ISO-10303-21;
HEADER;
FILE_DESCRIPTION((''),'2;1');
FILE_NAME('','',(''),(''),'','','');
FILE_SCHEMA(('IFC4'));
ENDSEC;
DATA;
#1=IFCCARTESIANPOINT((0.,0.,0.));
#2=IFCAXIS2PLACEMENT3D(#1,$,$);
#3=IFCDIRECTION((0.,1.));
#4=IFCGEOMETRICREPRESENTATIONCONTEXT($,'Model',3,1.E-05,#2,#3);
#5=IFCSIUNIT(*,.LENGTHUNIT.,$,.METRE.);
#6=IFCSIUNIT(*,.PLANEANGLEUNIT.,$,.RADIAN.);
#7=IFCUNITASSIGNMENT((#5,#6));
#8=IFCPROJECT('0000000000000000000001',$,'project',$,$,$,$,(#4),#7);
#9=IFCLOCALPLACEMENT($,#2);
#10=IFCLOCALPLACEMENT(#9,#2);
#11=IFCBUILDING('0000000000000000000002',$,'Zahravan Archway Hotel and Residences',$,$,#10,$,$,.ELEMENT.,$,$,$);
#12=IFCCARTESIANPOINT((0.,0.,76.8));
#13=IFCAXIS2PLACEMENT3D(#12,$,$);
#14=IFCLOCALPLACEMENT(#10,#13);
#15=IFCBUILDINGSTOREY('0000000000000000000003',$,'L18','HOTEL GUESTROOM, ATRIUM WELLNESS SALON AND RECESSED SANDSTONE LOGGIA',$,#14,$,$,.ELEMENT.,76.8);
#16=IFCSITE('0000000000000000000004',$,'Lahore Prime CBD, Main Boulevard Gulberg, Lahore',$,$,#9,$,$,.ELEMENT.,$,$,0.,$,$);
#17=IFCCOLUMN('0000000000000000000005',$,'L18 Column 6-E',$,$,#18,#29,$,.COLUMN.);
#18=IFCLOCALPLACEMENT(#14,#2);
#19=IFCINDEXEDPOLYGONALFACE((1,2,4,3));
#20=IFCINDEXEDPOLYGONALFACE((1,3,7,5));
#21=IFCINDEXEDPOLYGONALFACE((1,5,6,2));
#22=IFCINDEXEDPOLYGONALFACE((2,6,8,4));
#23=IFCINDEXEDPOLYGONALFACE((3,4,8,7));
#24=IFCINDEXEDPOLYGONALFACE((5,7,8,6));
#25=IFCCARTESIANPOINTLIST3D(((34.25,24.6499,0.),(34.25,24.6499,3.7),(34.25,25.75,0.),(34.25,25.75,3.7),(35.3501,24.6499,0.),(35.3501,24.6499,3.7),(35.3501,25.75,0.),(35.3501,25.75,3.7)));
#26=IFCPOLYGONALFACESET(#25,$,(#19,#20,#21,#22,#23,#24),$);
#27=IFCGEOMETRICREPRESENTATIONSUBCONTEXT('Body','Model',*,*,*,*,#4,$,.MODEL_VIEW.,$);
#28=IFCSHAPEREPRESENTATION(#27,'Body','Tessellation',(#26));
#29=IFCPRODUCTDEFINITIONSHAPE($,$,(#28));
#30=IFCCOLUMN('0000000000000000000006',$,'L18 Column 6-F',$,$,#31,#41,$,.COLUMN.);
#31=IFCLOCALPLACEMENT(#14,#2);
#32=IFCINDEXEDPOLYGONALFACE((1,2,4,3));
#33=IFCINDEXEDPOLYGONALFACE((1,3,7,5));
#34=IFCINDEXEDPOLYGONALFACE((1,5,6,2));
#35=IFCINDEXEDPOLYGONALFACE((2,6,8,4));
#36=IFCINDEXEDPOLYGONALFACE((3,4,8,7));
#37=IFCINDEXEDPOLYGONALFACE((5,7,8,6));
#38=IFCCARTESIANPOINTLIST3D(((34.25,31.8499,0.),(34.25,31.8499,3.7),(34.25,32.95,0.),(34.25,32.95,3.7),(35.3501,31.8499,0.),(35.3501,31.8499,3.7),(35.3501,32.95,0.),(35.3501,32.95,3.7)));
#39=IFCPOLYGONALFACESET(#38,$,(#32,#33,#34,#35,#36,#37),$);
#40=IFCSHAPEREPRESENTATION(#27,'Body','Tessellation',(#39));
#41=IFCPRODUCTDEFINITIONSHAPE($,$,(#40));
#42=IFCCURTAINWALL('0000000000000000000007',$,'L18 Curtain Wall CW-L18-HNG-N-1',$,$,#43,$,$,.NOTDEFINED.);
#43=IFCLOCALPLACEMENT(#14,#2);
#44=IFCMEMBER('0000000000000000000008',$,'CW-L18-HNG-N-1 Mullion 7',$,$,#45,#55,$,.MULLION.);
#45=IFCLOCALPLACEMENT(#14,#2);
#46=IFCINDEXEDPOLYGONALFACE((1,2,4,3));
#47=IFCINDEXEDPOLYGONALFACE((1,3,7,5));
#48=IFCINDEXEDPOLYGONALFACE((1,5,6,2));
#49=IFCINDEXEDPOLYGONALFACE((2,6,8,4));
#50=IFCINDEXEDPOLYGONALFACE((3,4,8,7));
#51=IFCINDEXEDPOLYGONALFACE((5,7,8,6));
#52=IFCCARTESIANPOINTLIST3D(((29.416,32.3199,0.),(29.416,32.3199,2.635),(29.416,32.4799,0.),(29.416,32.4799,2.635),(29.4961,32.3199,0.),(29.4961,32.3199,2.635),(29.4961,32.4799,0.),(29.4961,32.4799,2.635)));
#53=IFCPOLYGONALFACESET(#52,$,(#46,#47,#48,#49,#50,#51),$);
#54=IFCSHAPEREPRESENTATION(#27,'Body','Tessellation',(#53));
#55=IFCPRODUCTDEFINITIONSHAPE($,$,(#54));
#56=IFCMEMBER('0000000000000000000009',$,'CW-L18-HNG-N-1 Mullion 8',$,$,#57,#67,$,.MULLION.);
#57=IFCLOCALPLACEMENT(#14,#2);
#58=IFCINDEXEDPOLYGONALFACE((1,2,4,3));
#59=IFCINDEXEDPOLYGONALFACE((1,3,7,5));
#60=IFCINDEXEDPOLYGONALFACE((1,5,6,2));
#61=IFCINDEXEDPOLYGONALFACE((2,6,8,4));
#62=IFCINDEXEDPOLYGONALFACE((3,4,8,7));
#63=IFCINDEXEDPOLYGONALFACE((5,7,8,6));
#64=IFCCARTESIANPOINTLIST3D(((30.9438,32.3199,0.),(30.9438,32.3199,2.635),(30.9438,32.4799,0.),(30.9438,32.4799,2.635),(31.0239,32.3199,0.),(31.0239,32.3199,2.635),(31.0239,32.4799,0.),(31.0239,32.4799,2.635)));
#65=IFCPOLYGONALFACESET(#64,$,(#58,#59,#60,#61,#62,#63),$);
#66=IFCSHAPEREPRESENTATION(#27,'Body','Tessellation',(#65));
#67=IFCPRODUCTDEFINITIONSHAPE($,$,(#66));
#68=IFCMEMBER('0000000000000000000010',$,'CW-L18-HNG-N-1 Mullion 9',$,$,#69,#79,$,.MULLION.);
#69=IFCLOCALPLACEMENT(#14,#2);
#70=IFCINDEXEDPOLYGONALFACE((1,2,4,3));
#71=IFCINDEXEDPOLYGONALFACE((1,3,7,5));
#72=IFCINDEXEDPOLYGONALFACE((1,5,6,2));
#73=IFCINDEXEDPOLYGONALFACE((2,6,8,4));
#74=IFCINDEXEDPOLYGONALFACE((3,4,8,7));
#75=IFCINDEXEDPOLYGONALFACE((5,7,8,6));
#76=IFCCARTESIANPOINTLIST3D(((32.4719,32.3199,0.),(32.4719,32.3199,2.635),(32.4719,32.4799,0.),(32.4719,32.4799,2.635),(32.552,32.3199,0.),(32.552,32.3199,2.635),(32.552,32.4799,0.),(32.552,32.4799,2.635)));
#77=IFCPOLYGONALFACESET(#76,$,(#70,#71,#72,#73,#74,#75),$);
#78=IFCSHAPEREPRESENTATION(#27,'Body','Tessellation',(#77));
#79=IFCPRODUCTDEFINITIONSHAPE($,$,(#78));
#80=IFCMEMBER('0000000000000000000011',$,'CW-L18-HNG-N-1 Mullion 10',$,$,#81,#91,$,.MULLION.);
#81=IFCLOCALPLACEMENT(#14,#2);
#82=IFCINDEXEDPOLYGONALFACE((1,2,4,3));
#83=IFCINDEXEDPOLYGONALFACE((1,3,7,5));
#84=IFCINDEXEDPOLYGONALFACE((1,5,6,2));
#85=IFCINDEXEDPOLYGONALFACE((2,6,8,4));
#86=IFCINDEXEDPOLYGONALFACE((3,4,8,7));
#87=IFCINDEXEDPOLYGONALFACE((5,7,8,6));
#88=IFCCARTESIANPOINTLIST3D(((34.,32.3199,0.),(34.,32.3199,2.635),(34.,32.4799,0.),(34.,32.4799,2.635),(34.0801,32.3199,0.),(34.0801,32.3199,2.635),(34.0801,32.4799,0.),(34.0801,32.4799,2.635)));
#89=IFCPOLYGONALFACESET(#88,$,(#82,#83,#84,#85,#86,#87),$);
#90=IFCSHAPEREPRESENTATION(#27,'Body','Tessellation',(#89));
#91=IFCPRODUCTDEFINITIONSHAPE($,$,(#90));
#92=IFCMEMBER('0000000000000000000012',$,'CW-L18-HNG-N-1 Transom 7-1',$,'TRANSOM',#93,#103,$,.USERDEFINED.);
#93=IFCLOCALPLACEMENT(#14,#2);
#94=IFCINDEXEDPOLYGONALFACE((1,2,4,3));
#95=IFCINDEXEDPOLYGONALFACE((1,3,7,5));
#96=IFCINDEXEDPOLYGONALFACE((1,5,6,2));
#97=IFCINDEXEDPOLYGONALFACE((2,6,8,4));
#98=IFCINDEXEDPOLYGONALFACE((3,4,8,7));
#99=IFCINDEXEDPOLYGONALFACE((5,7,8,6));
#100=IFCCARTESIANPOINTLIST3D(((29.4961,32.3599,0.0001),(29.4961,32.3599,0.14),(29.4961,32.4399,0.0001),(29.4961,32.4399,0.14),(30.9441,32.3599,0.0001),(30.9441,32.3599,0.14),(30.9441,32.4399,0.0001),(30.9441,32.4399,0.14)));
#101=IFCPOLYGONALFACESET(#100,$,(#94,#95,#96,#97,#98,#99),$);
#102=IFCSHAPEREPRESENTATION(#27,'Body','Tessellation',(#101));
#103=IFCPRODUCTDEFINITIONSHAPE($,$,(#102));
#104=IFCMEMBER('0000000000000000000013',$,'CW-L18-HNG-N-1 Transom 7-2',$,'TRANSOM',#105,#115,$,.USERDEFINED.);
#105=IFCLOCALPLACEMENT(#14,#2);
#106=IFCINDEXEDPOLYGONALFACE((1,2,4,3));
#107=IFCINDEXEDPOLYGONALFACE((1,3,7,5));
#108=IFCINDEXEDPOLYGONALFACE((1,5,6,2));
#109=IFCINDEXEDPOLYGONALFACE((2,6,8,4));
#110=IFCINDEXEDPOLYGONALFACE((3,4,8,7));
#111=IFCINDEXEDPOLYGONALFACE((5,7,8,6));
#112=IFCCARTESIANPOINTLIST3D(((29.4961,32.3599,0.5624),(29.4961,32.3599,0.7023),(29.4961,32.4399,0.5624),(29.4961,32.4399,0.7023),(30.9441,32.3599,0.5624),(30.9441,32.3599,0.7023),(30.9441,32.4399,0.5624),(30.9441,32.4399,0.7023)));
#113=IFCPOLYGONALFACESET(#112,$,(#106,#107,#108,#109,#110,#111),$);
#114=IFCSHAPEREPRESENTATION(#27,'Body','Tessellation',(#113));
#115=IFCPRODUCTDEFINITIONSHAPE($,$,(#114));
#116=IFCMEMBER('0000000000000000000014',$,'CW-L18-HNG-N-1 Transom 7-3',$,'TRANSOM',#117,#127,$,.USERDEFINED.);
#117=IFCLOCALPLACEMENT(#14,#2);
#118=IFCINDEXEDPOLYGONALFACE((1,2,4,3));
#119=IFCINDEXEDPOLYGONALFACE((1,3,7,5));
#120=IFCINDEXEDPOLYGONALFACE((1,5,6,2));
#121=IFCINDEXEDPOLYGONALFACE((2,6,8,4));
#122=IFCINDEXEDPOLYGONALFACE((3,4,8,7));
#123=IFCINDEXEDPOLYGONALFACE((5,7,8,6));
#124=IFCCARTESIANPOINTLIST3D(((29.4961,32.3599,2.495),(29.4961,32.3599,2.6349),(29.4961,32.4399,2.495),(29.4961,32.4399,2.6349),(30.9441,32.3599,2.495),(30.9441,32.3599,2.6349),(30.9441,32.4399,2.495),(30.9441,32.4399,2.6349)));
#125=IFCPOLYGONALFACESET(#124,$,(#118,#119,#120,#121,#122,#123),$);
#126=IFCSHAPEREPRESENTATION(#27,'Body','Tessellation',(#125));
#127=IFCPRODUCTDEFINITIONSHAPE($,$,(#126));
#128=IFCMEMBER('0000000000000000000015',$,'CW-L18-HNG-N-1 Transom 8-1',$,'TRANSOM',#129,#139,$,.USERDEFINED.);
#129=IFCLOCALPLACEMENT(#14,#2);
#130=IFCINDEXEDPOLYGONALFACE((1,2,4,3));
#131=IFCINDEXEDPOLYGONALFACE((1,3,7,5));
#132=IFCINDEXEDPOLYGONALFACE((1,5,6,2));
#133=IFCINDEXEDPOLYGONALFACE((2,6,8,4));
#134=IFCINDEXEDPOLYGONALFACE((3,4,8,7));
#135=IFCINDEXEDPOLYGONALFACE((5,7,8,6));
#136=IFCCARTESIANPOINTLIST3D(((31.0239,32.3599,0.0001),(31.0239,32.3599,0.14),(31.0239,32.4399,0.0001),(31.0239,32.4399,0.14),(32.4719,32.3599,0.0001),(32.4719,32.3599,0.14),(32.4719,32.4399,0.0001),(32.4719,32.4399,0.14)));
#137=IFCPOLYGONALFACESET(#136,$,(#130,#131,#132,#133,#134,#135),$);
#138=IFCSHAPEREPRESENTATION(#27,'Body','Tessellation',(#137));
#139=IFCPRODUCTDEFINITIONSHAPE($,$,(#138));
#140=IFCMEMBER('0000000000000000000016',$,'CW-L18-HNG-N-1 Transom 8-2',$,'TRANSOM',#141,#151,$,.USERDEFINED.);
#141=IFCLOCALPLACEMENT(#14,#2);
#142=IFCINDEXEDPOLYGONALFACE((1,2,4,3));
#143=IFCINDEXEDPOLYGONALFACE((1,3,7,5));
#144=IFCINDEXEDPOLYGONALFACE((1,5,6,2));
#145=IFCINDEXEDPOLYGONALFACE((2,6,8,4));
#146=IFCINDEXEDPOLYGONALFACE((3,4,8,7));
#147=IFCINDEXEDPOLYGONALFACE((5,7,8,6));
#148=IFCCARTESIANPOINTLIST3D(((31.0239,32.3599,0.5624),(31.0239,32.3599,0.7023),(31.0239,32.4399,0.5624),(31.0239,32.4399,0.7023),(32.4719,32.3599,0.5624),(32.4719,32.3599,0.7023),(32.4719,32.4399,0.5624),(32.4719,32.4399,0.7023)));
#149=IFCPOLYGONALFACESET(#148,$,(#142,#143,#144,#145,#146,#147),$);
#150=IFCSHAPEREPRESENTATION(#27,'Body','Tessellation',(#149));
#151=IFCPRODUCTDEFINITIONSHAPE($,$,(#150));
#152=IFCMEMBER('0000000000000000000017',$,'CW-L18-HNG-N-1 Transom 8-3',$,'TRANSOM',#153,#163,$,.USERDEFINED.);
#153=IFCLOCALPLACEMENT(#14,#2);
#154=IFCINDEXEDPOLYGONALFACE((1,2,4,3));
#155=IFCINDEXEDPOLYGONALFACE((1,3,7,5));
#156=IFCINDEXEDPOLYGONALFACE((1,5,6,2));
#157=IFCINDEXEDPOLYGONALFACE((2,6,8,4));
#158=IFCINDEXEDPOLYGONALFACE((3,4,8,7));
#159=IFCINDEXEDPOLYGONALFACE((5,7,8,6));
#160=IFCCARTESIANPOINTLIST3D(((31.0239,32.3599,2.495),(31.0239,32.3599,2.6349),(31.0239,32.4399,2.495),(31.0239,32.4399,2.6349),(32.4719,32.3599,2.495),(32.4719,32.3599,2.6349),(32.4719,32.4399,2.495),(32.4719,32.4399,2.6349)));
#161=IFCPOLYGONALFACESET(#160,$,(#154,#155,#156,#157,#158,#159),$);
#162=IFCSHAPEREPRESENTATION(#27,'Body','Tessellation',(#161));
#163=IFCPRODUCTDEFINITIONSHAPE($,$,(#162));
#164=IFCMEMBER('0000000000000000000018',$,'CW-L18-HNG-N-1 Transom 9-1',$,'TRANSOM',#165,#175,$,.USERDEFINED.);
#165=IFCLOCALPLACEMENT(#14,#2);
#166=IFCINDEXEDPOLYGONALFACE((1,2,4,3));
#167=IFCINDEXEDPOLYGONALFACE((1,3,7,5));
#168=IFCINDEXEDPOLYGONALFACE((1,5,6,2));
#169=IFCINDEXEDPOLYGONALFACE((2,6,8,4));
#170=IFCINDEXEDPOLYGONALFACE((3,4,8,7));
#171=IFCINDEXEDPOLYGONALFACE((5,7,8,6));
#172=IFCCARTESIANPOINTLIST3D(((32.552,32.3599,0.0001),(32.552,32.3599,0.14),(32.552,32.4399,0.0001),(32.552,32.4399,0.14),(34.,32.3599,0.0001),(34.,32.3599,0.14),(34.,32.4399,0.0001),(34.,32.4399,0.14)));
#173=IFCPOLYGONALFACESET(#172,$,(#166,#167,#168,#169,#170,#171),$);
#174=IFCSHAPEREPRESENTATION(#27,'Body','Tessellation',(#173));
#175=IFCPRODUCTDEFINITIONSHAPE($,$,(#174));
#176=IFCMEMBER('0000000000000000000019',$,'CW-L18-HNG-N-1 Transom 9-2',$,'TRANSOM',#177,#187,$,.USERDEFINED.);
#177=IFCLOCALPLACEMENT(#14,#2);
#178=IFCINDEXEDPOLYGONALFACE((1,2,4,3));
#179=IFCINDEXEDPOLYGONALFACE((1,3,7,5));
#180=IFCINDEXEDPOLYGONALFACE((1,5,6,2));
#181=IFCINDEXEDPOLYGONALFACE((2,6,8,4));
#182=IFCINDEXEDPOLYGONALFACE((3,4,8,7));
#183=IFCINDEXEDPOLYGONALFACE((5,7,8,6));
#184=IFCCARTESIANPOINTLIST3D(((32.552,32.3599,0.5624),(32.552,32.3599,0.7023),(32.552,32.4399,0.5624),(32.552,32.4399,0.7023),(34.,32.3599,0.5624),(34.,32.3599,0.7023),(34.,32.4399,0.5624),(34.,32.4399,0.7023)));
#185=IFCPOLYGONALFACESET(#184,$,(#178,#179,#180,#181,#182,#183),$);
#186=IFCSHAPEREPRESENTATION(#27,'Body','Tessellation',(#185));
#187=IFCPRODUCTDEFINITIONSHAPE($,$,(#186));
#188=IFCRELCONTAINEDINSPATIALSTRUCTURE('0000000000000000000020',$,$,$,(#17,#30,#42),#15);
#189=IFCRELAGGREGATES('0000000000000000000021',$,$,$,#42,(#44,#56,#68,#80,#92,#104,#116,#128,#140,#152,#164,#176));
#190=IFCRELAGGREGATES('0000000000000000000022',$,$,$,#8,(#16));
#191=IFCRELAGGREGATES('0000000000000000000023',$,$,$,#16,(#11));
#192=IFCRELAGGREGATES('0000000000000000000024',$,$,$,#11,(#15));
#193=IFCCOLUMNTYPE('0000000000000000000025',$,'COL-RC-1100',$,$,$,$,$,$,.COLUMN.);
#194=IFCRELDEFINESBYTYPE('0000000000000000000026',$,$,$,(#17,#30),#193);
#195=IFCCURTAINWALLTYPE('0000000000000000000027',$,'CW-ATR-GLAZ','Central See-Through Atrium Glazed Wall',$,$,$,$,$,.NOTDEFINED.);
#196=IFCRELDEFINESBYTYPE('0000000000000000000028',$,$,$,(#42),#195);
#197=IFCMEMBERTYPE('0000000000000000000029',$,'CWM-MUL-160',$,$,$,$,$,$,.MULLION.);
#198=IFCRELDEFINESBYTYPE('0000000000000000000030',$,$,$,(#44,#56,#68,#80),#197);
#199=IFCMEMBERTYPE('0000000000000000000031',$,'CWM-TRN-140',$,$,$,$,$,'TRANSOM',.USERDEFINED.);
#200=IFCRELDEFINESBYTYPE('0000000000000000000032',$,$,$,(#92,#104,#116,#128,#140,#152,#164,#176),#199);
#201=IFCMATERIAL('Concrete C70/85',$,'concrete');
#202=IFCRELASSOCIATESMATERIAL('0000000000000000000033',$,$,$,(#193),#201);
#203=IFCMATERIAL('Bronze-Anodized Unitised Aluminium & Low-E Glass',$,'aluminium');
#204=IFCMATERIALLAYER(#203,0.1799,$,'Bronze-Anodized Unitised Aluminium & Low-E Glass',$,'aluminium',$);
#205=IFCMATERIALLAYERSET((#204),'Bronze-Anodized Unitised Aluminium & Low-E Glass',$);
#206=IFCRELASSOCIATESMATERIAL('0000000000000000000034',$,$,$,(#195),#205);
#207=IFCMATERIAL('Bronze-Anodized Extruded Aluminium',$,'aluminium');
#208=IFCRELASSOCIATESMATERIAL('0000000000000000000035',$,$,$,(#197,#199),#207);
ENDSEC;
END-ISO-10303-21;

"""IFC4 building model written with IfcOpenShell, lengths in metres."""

from ifc_helpers import new_model, si_unit, direction, frame, origin, origin_2d, place, context, subcontext, project, spatial, rectangle, extrude, source, transform, mapped, material, layer, layer_set, material_profile, profile_set, type_object, element, aggregate, save


model = new_model("IFC4")

# Units and contexts
model_context = context("Model", 3, precision=1e-05, world=origin(), true_north=direction((0.0, 1.0)))
body_context = subcontext(model_context, "Body", "Model", "MODEL_VIEW")
ifc_project = project(units=[si_unit("LENGTHUNIT", "METRE"), si_unit("PLANEANGLEUNIT", "RADIAN")], contexts=[model_context])

# Site, building, storey
site_placement = place(None, origin())
site = spatial("IfcSite", under=ifc_project, at=site_placement, Name="Lahore Prime CBD, Main Boulevard Gulberg, Lahore", CompositionType="ELEMENT", RefElevation=0.0)
building_placement = place(site_placement, origin())
building = spatial("IfcBuilding", under=site, at=building_placement, Name="Zahravan Archway Hotel and Residences", CompositionType="ELEMENT")
storey_placement = place(building_placement, frame((0.0, 0.0, 76.8)))
storey = spatial("IfcBuildingStorey", under=building, at=storey_placement, Name="L18", Description="HOTEL GUESTROOM, ATRIUM WELLNESS SALON AND RECESSED SANDSTONE LOGGIA", CompositionType="ELEMENT", Elevation=76.8)

# Columns
ifc_material_1 = material(Name="Concrete C70/85", Category="concrete")
ifc_material_profile_1 = material_profile(ifc_material_1, rectangle(XDim=1.1001, YDim=1.1001, at=origin_2d()), Name="RC 1100x1100", Category="concrete")
ifc_profile_set_1 = profile_set([ifc_material_profile_1], Name="Concrete C70/85")
column_type = type_object("IfcColumnType", Name="COL-RC-1100", PredefinedType="COLUMN", material=ifc_profile_set_1)
shared_shape_1 = source(origin(), body_context, "Body", "SweptSolid", [
    extrude(rectangle(XDim=1.1001, YDim=1.1001, at=origin_2d()), origin(), (0.0, 0.0, 1.0), 3.7),
])
for number, where, z_axis, x_axis, name in (
    (1, (34.8, 25.2, 0.0), (0.0, 0.0, 1.0), (1.0, 0.0, 0.0), "L18 Column 6-E"),
    (2, (34.8, 32.3999, 0.0), (0.0, 0.0, 1.0), (1.0, 0.0, 0.0), "L18 Column 6-F"),
):
    element("IfcColumn", number, at=place(storey_placement, frame(where, z_axis=z_axis, x_axis=x_axis)), inside=storey, type_object=column_type, Name=name, PredefinedType="COLUMN", context=body_context, shape_type="MappedRepresentation", body=[
        mapped(shared_shape_1, transform((0.0, 0.0, 0.0), scale=1.0)),
    ])

# Curtain wall, members
ifc_material_2 = material(Name="Bronze-Anodized Unitised Aluminium & Low-E Glass", Category="aluminium")
ifc_layer_1 = layer(ifc_material_2, 0.1799, Name="Bronze-Anodized Unitised Aluminium & Low-E Glass", Category="aluminium")
ifc_layer_set_1 = layer_set([ifc_layer_1], Name="Bronze-Anodized Unitised Aluminium & Low-E Glass")
curtain_wall_type = type_object("IfcCurtainWallType", Name="CW-ATR-GLAZ", Description="Central See-Through Atrium Glazed Wall", PredefinedType="NOTDEFINED", material=ifc_layer_set_1)
curtain_wall_1_placement = place(storey_placement, origin())
curtain_wall_1 = element("IfcCurtainWall", 3, at=curtain_wall_1_placement, inside=storey, type_object=curtain_wall_type, Name="L18 Curtain Wall CW-L18-HNG-N-1", PredefinedType="NOTDEFINED")
ifc_material_3 = material(Name="Bronze-Anodized Extruded Aluminium", Category="aluminium")
ifc_material_profile_2 = material_profile(ifc_material_3, rectangle(XDim=0.0801, YDim=0.1599, at=origin_2d()), Name="MUL 80x160", Category="aluminium")
ifc_profile_set_2 = profile_set([ifc_material_profile_2], Name="Bronze-Anodized Extruded Aluminium")
member_type_1 = type_object("IfcMemberType", Name="CWM-MUL-160", PredefinedType="MULLION", material=ifc_profile_set_2)
shared_shape_2 = source(origin(), body_context, "Body", "SweptSolid", [
    extrude(rectangle(XDim=0.0801, YDim=0.1599, at=origin_2d()), origin(), (0.0, 0.0, 1.0), 2.635),
])
member_1_placement = place(storey_placement, frame((29.4561, 32.3999, 0.0), z_axis=(0.0, 0.0, 1.0), x_axis=(1.0, 0.0, 0.0)))
member_1 = element("IfcMember", 4, at=member_1_placement, type_object=member_type_1, Name="CW-L18-HNG-N-1 Mullion 7", PredefinedType="MULLION", context=body_context, shape_type="MappedRepresentation", body=[
    mapped(shared_shape_2, transform((0.0, 0.0, 0.0), scale=1.0)),
])
member_2_placement = place(storey_placement, frame((30.9839, 32.3999, 0.0), z_axis=(0.0, 0.0, 1.0), x_axis=(1.0, 0.0, 0.0)))
member_2 = element("IfcMember", 5, at=member_2_placement, type_object=member_type_1, Name="CW-L18-HNG-N-1 Mullion 8", PredefinedType="MULLION", context=body_context, shape_type="MappedRepresentation", body=[
    mapped(shared_shape_2, transform((0.0, 0.0, 0.0), scale=1.0)),
])
member_3_placement = place(storey_placement, frame((32.512, 32.3999, 0.0), z_axis=(0.0, 0.0, 1.0), x_axis=(1.0, 0.0, 0.0)))
member_3 = element("IfcMember", 6, at=member_3_placement, type_object=member_type_1, Name="CW-L18-HNG-N-1 Mullion 9", PredefinedType="MULLION", context=body_context, shape_type="MappedRepresentation", body=[
    mapped(shared_shape_2, transform((0.0, 0.0, 0.0), scale=1.0)),
])
member_4_placement = place(storey_placement, frame((34.04, 32.3999, 0.0), z_axis=(0.0, 0.0, 1.0), x_axis=(1.0, 0.0, 0.0)))
member_4 = element("IfcMember", 7, at=member_4_placement, type_object=member_type_1, Name="CW-L18-HNG-N-1 Mullion 10", PredefinedType="MULLION", context=body_context, shape_type="MappedRepresentation", body=[
    mapped(shared_shape_2, transform((0.0, 0.0, 0.0), scale=1.0)),
])
ifc_material_profile_3 = material_profile(ifc_material_3, rectangle(XDim=0.0801, YDim=0.1399, at=origin_2d()), Name="TRN 80x140", Category="aluminium")
ifc_profile_set_3 = profile_set([ifc_material_profile_3], Name="Bronze-Anodized Extruded Aluminium")
member_type_2 = type_object("IfcMemberType", Name="CWM-TRN-140", ElementType="TRANSOM", PredefinedType="USERDEFINED", material=ifc_profile_set_3)
shared_shape_3 = source(origin(), body_context, "Body", "SweptSolid", [
    extrude(rectangle(XDim=0.0801, YDim=0.1399, at=origin_2d()), origin(), (0.0, 0.0, 1.0), 1.448),
])
member_5_placement = place(storey_placement, frame((29.4961, 32.3999, 0.0701), z_axis=(1.0, 0.0, 0.0), x_axis=(0.0, 1.0, 0.0)))
member_5 = element("IfcMember", 8, at=member_5_placement, type_object=member_type_2, Name="CW-L18-HNG-N-1 Transom 7-1", ObjectType="TRANSOM", PredefinedType="USERDEFINED", context=body_context, shape_type="MappedRepresentation", body=[
    mapped(shared_shape_3, transform((0.0, 0.0, 0.0), scale=1.0)),
])
member_6_placement = place(storey_placement, frame((29.4961, 32.3999, 0.6323), z_axis=(1.0, 0.0, 0.0), x_axis=(0.0, 1.0, 0.0)))
member_6 = element("IfcMember", 9, at=member_6_placement, type_object=member_type_2, Name="CW-L18-HNG-N-1 Transom 7-2", ObjectType="TRANSOM", PredefinedType="USERDEFINED", context=body_context, shape_type="MappedRepresentation", body=[
    mapped(shared_shape_3, transform((0.0, 0.0, 0.0), scale=1.0)),
])
member_7_placement = place(storey_placement, frame((29.4961, 32.3999, 2.5649), z_axis=(1.0, 0.0, 0.0), x_axis=(0.0, 1.0, 0.0)))
member_7 = element("IfcMember", 10, at=member_7_placement, type_object=member_type_2, Name="CW-L18-HNG-N-1 Transom 7-3", ObjectType="TRANSOM", PredefinedType="USERDEFINED", context=body_context, shape_type="MappedRepresentation", body=[
    mapped(shared_shape_3, transform((0.0, 0.0, 0.0), scale=1.0)),
])
member_8_placement = place(storey_placement, frame((31.0239, 32.3999, 0.0701), z_axis=(1.0, 0.0, 0.0), x_axis=(0.0, 1.0, 0.0)))
member_8 = element("IfcMember", 11, at=member_8_placement, type_object=member_type_2, Name="CW-L18-HNG-N-1 Transom 8-1", ObjectType="TRANSOM", PredefinedType="USERDEFINED", context=body_context, shape_type="MappedRepresentation", body=[
    mapped(shared_shape_3, transform((0.0, 0.0, 0.0), scale=1.0)),
])
member_9_placement = place(storey_placement, frame((31.0239, 32.3999, 0.6323), z_axis=(1.0, 0.0, 0.0), x_axis=(0.0, 1.0, 0.0)))
member_9 = element("IfcMember", 12, at=member_9_placement, type_object=member_type_2, Name="CW-L18-HNG-N-1 Transom 8-2", ObjectType="TRANSOM", PredefinedType="USERDEFINED", context=body_context, shape_type="MappedRepresentation", body=[
    mapped(shared_shape_3, transform((0.0, 0.0, 0.0), scale=1.0)),
])
member_10_placement = place(storey_placement, frame((31.0239, 32.3999, 2.5649), z_axis=(1.0, 0.0, 0.0), x_axis=(0.0, 1.0, 0.0)))
member_10 = element("IfcMember", 13, at=member_10_placement, type_object=member_type_2, Name="CW-L18-HNG-N-1 Transom 8-3", ObjectType="TRANSOM", PredefinedType="USERDEFINED", context=body_context, shape_type="MappedRepresentation", body=[
    mapped(shared_shape_3, transform((0.0, 0.0, 0.0), scale=1.0)),
])
member_11_placement = place(storey_placement, frame((32.552, 32.3999, 0.0701), z_axis=(1.0, 0.0, 0.0), x_axis=(0.0, 1.0, 0.0)))
member_11 = element("IfcMember", 14, at=member_11_placement, type_object=member_type_2, Name="CW-L18-HNG-N-1 Transom 9-1", ObjectType="TRANSOM", PredefinedType="USERDEFINED", context=body_context, shape_type="MappedRepresentation", body=[
    mapped(shared_shape_3, transform((0.0, 0.0, 0.0), scale=1.0)),
])
member_12_placement = place(storey_placement, frame((32.552, 32.3999, 0.6323), z_axis=(1.0, 0.0, 0.0), x_axis=(0.0, 1.0, 0.0)))
member_12 = element("IfcMember", 15, at=member_12_placement, type_object=member_type_2, Name="CW-L18-HNG-N-1 Transom 9-2", ObjectType="TRANSOM", PredefinedType="USERDEFINED", context=body_context, shape_type="MappedRepresentation", body=[
    mapped(shared_shape_3, transform((0.0, 0.0, 0.0), scale=1.0)),
])

aggregate(curtain_wall_1, [member_1, member_2, member_3, member_4, member_5, member_6, member_7, member_8, member_9, member_10, member_11, member_12])

save(model, "model.ifc")
